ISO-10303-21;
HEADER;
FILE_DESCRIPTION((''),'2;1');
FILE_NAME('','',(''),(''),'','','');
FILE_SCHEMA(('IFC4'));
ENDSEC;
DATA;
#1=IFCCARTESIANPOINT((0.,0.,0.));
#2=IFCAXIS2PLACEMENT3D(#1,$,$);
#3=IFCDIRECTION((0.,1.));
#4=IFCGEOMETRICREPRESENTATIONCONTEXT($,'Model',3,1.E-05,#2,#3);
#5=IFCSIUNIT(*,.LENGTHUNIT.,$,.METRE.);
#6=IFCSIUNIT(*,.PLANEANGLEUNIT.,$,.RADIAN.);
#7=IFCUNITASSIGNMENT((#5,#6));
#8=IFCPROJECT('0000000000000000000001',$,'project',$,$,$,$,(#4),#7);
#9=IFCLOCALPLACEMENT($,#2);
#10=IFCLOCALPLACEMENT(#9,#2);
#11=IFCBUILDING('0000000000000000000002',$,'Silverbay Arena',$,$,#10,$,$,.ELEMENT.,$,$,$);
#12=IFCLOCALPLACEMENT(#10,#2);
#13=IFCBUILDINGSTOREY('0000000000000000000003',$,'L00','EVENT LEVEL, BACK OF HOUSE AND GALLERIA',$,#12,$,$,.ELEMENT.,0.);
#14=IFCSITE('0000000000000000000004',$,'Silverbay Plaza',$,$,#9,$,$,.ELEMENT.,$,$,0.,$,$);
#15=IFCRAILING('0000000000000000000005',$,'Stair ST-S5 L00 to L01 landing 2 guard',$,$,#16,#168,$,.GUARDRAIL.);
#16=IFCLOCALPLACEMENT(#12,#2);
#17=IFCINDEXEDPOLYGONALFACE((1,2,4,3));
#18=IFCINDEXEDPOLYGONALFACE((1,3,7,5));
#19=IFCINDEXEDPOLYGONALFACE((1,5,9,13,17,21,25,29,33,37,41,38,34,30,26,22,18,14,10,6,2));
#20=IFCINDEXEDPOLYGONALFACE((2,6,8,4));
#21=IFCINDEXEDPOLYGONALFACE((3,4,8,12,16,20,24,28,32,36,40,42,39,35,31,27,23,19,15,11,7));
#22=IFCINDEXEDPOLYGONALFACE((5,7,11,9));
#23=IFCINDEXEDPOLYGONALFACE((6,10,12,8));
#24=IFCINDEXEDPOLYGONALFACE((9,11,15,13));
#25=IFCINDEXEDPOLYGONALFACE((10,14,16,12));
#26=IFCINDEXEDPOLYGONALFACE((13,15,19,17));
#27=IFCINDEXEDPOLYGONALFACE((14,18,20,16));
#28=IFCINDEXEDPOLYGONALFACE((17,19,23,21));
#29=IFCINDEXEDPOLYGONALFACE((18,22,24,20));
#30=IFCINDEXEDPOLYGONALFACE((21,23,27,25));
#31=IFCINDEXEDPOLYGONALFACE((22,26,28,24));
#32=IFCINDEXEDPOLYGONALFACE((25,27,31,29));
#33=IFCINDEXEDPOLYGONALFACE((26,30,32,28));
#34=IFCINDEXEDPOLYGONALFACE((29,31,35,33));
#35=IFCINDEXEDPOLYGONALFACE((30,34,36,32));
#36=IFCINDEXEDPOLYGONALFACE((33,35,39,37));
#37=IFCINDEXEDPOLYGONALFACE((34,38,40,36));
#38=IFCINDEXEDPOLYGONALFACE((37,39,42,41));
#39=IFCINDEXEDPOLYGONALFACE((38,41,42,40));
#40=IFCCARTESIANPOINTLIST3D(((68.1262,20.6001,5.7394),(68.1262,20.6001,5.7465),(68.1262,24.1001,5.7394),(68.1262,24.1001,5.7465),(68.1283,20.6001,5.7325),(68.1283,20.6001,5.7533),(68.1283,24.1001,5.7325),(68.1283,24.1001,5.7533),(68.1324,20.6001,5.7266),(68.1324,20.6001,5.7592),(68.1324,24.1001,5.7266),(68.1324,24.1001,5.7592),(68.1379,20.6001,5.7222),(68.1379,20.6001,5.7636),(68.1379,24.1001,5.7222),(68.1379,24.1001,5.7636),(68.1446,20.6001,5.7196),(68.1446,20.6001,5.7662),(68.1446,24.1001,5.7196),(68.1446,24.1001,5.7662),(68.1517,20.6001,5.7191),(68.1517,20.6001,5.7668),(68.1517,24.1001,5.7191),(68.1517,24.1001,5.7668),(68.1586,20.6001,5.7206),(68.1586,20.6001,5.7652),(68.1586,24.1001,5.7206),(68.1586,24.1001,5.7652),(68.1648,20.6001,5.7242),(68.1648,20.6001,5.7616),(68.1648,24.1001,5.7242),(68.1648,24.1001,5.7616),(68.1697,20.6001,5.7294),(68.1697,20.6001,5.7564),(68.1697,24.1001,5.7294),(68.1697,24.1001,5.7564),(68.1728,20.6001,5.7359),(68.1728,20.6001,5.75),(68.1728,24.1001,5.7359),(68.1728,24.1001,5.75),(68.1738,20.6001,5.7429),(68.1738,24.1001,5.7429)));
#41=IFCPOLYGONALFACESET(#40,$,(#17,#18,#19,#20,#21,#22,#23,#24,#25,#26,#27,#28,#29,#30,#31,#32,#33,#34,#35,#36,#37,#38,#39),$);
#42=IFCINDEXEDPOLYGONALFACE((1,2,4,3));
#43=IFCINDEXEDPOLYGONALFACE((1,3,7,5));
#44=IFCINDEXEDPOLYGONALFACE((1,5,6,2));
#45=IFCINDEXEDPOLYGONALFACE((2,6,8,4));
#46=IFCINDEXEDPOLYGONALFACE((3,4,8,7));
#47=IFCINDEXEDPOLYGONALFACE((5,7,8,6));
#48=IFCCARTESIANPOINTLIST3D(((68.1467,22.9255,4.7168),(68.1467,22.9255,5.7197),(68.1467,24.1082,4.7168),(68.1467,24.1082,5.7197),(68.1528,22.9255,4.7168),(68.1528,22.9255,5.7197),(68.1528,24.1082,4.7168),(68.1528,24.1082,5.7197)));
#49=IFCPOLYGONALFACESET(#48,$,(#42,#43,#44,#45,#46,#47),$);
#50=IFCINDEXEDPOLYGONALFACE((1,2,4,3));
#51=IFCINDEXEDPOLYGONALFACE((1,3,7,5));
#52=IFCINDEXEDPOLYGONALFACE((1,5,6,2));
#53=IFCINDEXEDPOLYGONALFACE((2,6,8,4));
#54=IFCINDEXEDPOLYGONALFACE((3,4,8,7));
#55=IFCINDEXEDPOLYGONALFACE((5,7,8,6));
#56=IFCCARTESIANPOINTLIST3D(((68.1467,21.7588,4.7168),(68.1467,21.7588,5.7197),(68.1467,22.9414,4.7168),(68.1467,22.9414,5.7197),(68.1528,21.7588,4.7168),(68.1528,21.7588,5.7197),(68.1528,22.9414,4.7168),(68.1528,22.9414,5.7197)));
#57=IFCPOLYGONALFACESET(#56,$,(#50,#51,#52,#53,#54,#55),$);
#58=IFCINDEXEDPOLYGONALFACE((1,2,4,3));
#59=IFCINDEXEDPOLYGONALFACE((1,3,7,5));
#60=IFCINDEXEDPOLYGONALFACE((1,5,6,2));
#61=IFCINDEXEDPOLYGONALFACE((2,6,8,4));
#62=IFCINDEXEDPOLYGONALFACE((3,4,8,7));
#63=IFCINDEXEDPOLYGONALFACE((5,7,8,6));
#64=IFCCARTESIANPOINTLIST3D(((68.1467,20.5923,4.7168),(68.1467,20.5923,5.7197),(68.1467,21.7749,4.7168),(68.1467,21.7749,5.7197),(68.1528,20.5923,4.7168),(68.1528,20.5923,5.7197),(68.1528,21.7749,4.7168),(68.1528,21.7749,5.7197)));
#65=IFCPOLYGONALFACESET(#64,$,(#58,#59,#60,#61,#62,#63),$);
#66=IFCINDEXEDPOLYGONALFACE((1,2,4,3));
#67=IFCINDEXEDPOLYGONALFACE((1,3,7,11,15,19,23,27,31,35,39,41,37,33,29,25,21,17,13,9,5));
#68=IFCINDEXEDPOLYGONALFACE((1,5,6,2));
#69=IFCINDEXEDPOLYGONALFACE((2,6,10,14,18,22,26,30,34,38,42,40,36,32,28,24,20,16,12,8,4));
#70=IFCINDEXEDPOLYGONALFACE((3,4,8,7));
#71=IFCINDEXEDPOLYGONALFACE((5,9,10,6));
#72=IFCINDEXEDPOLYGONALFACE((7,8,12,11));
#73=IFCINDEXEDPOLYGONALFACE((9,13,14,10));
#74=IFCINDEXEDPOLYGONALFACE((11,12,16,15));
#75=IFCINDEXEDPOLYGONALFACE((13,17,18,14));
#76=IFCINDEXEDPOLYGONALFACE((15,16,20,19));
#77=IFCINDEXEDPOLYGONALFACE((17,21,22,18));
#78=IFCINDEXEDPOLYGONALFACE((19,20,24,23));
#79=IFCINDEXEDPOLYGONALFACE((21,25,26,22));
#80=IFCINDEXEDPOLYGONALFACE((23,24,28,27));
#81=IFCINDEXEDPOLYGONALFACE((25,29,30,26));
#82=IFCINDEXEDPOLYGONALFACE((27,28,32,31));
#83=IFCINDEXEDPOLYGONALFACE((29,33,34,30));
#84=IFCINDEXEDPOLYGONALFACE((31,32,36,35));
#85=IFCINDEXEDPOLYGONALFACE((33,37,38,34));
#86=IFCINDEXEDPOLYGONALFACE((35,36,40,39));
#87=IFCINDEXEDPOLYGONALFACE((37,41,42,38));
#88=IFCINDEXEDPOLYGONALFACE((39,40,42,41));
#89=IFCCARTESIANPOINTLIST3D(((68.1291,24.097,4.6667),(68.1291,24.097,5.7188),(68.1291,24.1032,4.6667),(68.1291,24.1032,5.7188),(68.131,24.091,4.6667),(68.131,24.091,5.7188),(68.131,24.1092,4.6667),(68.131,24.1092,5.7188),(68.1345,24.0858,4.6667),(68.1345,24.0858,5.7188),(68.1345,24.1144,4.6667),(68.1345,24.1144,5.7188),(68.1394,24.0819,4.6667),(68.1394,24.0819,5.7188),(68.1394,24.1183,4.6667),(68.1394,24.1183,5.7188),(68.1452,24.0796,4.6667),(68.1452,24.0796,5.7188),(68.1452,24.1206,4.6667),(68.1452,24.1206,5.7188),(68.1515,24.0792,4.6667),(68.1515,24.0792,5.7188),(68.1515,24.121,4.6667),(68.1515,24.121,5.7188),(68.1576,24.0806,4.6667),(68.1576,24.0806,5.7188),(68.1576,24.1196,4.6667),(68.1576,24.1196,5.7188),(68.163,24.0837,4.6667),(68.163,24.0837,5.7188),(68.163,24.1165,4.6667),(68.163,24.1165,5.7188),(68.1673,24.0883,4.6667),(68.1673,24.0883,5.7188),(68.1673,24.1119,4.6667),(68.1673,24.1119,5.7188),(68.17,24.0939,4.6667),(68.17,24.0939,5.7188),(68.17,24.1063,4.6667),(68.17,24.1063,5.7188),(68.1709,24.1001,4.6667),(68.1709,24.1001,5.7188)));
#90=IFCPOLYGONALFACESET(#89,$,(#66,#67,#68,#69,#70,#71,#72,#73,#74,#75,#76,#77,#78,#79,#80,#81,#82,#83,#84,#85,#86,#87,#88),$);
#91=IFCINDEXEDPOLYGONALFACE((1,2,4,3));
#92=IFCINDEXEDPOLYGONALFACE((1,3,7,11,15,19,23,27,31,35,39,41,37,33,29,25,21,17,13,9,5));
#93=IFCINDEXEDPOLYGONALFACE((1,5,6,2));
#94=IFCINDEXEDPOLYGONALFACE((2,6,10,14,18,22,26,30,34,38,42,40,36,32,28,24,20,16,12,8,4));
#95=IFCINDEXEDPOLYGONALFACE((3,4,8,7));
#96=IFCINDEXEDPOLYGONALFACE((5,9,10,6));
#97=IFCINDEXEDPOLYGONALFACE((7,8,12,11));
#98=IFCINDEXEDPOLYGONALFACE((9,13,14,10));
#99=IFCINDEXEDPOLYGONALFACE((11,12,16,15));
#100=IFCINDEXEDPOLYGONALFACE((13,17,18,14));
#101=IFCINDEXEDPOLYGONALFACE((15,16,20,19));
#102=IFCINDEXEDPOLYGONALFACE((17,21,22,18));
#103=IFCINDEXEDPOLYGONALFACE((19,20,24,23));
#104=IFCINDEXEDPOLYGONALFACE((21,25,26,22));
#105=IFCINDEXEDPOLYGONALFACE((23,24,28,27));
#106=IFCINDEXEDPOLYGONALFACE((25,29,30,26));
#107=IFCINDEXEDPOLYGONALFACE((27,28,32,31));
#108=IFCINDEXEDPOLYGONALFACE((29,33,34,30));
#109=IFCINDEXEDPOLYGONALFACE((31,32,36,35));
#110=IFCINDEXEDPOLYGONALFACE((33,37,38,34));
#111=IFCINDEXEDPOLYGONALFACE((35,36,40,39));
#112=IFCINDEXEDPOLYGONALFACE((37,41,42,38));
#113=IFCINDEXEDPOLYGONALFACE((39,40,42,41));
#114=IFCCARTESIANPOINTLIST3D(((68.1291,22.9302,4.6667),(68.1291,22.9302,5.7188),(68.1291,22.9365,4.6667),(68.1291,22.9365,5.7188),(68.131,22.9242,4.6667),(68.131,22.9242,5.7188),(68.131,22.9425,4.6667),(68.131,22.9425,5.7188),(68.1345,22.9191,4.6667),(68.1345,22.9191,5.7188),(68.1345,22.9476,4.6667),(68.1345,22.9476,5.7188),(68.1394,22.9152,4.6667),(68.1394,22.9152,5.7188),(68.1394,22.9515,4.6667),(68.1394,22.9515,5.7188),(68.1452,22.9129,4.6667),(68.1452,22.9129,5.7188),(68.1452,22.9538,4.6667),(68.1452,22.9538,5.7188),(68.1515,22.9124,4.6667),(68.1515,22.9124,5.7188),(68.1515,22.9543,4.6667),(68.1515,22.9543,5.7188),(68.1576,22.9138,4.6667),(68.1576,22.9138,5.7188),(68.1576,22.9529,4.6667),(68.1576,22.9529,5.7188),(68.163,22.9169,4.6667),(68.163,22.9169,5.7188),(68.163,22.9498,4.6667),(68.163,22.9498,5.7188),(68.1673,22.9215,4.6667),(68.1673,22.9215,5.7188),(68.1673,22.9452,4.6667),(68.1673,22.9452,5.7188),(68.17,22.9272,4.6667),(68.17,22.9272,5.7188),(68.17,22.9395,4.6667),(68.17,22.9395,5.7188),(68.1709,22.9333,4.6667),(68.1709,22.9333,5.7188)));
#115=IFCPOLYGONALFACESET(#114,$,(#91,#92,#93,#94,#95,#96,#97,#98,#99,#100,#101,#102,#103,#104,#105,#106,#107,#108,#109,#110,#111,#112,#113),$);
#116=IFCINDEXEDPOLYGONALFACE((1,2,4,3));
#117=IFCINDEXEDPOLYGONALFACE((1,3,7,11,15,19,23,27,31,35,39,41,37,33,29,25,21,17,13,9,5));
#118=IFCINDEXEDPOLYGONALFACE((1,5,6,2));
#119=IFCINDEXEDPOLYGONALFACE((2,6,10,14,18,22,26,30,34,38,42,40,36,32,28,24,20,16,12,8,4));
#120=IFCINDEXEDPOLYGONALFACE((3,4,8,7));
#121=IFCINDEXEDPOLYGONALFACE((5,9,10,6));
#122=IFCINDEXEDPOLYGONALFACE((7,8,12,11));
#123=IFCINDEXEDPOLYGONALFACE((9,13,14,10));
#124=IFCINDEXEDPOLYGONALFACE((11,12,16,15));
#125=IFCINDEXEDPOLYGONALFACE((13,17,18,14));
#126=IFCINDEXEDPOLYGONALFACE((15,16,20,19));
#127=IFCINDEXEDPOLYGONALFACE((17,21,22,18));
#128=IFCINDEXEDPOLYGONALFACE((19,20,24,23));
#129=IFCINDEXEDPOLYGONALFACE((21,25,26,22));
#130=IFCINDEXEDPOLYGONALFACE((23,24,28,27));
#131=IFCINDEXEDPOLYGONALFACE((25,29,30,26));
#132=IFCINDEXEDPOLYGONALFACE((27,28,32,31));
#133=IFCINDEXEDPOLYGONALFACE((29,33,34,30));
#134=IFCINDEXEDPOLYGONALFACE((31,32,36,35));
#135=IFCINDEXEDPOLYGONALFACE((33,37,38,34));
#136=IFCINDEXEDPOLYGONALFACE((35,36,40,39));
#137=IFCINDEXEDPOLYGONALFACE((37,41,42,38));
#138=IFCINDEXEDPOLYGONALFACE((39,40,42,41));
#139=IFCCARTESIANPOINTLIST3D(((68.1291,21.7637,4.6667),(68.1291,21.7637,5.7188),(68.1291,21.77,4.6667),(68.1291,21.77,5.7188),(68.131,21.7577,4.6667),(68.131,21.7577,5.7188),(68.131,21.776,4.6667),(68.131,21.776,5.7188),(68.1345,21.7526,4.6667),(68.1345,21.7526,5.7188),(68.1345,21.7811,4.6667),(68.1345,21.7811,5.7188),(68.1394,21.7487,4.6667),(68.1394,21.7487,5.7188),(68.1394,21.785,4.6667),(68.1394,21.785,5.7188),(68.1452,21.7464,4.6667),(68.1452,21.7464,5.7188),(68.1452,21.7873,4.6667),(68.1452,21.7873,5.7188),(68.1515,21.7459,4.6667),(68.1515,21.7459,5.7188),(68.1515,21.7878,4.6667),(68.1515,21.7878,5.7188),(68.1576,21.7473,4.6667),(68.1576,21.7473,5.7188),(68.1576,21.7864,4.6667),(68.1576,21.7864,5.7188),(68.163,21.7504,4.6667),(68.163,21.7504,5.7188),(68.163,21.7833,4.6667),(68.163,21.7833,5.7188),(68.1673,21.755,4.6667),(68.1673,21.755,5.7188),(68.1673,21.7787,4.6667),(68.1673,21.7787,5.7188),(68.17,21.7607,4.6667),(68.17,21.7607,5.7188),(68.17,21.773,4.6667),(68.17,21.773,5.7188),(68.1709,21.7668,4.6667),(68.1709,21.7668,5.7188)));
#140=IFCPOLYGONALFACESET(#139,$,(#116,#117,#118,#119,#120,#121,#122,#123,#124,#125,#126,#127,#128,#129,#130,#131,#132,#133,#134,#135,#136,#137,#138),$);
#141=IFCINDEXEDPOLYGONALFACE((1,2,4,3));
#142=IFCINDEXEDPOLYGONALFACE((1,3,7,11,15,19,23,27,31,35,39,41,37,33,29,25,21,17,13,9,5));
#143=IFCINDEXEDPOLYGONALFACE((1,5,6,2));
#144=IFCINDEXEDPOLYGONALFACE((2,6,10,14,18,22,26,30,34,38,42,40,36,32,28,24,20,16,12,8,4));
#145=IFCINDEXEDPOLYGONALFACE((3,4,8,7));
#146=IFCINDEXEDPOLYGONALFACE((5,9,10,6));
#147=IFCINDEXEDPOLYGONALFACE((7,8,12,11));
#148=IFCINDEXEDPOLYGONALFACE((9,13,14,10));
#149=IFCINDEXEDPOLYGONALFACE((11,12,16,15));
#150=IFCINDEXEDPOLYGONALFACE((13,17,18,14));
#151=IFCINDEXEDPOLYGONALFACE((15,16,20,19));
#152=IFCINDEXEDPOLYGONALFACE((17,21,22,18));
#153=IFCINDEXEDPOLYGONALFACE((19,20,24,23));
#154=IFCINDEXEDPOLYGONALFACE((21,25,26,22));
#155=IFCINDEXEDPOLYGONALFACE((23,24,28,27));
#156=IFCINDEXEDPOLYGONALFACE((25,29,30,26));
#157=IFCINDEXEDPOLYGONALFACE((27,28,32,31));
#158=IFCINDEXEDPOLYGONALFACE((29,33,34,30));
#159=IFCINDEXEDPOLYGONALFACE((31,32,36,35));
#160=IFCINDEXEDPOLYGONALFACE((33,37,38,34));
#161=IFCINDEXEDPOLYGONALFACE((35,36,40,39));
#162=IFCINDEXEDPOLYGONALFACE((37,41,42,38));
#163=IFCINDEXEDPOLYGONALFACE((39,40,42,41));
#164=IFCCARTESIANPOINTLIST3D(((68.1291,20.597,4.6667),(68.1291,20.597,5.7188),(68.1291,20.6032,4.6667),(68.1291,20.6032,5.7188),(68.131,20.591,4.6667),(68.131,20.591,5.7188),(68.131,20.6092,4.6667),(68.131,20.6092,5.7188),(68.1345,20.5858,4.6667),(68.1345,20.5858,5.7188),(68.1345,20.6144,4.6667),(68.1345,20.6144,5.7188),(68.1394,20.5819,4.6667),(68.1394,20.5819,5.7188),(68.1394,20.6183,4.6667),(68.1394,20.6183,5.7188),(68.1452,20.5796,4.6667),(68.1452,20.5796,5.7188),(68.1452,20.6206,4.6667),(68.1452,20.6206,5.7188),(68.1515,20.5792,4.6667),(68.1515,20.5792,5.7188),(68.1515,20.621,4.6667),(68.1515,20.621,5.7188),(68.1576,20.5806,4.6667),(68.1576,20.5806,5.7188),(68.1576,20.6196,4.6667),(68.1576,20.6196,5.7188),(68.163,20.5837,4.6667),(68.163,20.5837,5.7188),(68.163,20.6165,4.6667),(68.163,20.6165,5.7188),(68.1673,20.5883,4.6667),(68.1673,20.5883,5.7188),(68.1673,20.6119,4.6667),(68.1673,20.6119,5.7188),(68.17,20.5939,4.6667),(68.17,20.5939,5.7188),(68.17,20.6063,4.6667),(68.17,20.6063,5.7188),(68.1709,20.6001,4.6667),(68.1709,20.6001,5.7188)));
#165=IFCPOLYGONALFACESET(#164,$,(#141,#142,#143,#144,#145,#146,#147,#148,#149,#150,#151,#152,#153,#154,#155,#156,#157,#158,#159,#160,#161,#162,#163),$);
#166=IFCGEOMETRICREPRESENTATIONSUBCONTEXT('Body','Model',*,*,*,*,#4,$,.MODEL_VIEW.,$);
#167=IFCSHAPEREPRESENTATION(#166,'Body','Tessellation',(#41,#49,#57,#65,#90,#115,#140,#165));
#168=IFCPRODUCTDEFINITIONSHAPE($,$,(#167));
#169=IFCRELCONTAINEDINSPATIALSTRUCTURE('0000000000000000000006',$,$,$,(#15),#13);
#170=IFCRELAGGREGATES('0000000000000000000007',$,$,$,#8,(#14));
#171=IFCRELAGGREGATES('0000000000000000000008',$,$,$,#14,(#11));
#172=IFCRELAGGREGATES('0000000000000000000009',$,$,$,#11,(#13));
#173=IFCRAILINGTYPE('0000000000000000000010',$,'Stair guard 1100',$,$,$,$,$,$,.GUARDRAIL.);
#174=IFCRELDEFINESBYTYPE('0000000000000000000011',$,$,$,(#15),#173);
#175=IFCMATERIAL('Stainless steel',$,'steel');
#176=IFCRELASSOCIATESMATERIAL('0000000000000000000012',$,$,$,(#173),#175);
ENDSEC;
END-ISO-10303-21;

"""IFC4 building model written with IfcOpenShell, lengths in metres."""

from ifc_helpers import new_model, si_unit, direction, frame, origin, origin_2d, place, context, subcontext, project, spatial, polyline, circle, outline, extrude, material, type_object, element, save


model = new_model("IFC4")

# Units and contexts
model_context = context("Model", 3, precision=1e-05, world=origin(), true_north=direction((0.0, 1.0)))
body_context = subcontext(model_context, "Body", "Model", "MODEL_VIEW")
ifc_project = project(units=[si_unit("LENGTHUNIT", "METRE"), si_unit("PLANEANGLEUNIT", "RADIAN")], contexts=[model_context])

# Site, building, storey
site_placement = place(None, origin())
site = spatial("IfcSite", under=ifc_project, at=site_placement, Name="Silverbay Plaza", CompositionType="ELEMENT", RefElevation=0.0)
building_placement = place(site_placement, origin())
building = spatial("IfcBuilding", under=site, at=building_placement, Name="Silverbay Arena", CompositionType="ELEMENT")
storey_placement = place(building_placement, origin())
storey = spatial("IfcBuildingStorey", under=building, at=storey_placement, Name="L00", Description="EVENT LEVEL, BACK OF HOUSE AND GALLERIA", CompositionType="ELEMENT", Elevation=0.0)

# Railing
ifc_material_1 = material(Name="Stainless steel", Category="steel")
railing_type_1 = type_object("IfcRailingType", Name="Stair guard 1100", PredefinedType="GUARDRAIL", material=ifc_material_1)
for number, where, name in (
    (1, (68.1499, 24.1001, 4.6667), "Stair ST-S5 L00 to L01 landing 2 guard"),
):
    element("IfcRailing", number, at=place(storey_placement, frame(where)), inside=storey, type_object=railing_type_1, Name=name, PredefinedType="GUARDRAIL", context=body_context, shape_type="SweptSolid", body=[
        extrude(circle(Radius=0.0239, at=origin_2d()), frame((0.0, 0.0, 1.0762), z_axis=(0.0, -1.0, 0.0), x_axis=(1.0, 0.0, 0.0)), (0.0, 0.0, 1.0), 3.5),
        extrude(outline(polyline([(-0.0081, 0.05), (1.1746, 0.05), (1.1746, 1.053), (-0.0081, 1.053), (-0.0081, 0.05)])), frame((0.0029, 0.0, 0.0), z_axis=(-1.0, 0.0, 0.0), x_axis=(0.0, -1.0, 0.0)), (0.0, 0.0, 1.0), 0.0061),
        extrude(outline(polyline([(-0.0081, 0.05), (1.1746, 0.05), (1.1746, 1.053), (-0.0081, 1.053), (-0.0081, 0.05)])), frame((0.0029, -1.1667, 0.0), z_axis=(-1.0, 0.0, 0.0), x_axis=(0.0, -1.0, 0.0)), (0.0, 0.0, 1.0), 0.0061),
        extrude(outline(polyline([(-0.0081, 0.05), (1.1746, 0.05), (1.1746, 1.053), (-0.0081, 1.053), (-0.0081, 0.05)])), frame((0.0029, -2.3333, 0.0), z_axis=(-1.0, 0.0, 0.0), x_axis=(0.0, -1.0, 0.0)), (0.0, 0.0, 1.0), 0.0061),
        extrude(circle(Radius=0.021, at=origin_2d()), origin(), (0.0, 0.0, 1.0), 1.052),
        extrude(circle(Radius=0.021, at=origin_2d()), frame((0.0, -1.1667, 0.0)), (0.0, 0.0, 1.0), 1.052),
        extrude(circle(Radius=0.021, at=origin_2d()), frame((0.0, -2.3333, 0.0)), (0.0, 0.0, 1.0), 1.052),
        extrude(circle(Radius=0.021, at=origin_2d()), frame((0.0, -3.5, 0.0)), (0.0, 0.0, 1.0), 1.052),
    ])

save(model, "model.ifc")
